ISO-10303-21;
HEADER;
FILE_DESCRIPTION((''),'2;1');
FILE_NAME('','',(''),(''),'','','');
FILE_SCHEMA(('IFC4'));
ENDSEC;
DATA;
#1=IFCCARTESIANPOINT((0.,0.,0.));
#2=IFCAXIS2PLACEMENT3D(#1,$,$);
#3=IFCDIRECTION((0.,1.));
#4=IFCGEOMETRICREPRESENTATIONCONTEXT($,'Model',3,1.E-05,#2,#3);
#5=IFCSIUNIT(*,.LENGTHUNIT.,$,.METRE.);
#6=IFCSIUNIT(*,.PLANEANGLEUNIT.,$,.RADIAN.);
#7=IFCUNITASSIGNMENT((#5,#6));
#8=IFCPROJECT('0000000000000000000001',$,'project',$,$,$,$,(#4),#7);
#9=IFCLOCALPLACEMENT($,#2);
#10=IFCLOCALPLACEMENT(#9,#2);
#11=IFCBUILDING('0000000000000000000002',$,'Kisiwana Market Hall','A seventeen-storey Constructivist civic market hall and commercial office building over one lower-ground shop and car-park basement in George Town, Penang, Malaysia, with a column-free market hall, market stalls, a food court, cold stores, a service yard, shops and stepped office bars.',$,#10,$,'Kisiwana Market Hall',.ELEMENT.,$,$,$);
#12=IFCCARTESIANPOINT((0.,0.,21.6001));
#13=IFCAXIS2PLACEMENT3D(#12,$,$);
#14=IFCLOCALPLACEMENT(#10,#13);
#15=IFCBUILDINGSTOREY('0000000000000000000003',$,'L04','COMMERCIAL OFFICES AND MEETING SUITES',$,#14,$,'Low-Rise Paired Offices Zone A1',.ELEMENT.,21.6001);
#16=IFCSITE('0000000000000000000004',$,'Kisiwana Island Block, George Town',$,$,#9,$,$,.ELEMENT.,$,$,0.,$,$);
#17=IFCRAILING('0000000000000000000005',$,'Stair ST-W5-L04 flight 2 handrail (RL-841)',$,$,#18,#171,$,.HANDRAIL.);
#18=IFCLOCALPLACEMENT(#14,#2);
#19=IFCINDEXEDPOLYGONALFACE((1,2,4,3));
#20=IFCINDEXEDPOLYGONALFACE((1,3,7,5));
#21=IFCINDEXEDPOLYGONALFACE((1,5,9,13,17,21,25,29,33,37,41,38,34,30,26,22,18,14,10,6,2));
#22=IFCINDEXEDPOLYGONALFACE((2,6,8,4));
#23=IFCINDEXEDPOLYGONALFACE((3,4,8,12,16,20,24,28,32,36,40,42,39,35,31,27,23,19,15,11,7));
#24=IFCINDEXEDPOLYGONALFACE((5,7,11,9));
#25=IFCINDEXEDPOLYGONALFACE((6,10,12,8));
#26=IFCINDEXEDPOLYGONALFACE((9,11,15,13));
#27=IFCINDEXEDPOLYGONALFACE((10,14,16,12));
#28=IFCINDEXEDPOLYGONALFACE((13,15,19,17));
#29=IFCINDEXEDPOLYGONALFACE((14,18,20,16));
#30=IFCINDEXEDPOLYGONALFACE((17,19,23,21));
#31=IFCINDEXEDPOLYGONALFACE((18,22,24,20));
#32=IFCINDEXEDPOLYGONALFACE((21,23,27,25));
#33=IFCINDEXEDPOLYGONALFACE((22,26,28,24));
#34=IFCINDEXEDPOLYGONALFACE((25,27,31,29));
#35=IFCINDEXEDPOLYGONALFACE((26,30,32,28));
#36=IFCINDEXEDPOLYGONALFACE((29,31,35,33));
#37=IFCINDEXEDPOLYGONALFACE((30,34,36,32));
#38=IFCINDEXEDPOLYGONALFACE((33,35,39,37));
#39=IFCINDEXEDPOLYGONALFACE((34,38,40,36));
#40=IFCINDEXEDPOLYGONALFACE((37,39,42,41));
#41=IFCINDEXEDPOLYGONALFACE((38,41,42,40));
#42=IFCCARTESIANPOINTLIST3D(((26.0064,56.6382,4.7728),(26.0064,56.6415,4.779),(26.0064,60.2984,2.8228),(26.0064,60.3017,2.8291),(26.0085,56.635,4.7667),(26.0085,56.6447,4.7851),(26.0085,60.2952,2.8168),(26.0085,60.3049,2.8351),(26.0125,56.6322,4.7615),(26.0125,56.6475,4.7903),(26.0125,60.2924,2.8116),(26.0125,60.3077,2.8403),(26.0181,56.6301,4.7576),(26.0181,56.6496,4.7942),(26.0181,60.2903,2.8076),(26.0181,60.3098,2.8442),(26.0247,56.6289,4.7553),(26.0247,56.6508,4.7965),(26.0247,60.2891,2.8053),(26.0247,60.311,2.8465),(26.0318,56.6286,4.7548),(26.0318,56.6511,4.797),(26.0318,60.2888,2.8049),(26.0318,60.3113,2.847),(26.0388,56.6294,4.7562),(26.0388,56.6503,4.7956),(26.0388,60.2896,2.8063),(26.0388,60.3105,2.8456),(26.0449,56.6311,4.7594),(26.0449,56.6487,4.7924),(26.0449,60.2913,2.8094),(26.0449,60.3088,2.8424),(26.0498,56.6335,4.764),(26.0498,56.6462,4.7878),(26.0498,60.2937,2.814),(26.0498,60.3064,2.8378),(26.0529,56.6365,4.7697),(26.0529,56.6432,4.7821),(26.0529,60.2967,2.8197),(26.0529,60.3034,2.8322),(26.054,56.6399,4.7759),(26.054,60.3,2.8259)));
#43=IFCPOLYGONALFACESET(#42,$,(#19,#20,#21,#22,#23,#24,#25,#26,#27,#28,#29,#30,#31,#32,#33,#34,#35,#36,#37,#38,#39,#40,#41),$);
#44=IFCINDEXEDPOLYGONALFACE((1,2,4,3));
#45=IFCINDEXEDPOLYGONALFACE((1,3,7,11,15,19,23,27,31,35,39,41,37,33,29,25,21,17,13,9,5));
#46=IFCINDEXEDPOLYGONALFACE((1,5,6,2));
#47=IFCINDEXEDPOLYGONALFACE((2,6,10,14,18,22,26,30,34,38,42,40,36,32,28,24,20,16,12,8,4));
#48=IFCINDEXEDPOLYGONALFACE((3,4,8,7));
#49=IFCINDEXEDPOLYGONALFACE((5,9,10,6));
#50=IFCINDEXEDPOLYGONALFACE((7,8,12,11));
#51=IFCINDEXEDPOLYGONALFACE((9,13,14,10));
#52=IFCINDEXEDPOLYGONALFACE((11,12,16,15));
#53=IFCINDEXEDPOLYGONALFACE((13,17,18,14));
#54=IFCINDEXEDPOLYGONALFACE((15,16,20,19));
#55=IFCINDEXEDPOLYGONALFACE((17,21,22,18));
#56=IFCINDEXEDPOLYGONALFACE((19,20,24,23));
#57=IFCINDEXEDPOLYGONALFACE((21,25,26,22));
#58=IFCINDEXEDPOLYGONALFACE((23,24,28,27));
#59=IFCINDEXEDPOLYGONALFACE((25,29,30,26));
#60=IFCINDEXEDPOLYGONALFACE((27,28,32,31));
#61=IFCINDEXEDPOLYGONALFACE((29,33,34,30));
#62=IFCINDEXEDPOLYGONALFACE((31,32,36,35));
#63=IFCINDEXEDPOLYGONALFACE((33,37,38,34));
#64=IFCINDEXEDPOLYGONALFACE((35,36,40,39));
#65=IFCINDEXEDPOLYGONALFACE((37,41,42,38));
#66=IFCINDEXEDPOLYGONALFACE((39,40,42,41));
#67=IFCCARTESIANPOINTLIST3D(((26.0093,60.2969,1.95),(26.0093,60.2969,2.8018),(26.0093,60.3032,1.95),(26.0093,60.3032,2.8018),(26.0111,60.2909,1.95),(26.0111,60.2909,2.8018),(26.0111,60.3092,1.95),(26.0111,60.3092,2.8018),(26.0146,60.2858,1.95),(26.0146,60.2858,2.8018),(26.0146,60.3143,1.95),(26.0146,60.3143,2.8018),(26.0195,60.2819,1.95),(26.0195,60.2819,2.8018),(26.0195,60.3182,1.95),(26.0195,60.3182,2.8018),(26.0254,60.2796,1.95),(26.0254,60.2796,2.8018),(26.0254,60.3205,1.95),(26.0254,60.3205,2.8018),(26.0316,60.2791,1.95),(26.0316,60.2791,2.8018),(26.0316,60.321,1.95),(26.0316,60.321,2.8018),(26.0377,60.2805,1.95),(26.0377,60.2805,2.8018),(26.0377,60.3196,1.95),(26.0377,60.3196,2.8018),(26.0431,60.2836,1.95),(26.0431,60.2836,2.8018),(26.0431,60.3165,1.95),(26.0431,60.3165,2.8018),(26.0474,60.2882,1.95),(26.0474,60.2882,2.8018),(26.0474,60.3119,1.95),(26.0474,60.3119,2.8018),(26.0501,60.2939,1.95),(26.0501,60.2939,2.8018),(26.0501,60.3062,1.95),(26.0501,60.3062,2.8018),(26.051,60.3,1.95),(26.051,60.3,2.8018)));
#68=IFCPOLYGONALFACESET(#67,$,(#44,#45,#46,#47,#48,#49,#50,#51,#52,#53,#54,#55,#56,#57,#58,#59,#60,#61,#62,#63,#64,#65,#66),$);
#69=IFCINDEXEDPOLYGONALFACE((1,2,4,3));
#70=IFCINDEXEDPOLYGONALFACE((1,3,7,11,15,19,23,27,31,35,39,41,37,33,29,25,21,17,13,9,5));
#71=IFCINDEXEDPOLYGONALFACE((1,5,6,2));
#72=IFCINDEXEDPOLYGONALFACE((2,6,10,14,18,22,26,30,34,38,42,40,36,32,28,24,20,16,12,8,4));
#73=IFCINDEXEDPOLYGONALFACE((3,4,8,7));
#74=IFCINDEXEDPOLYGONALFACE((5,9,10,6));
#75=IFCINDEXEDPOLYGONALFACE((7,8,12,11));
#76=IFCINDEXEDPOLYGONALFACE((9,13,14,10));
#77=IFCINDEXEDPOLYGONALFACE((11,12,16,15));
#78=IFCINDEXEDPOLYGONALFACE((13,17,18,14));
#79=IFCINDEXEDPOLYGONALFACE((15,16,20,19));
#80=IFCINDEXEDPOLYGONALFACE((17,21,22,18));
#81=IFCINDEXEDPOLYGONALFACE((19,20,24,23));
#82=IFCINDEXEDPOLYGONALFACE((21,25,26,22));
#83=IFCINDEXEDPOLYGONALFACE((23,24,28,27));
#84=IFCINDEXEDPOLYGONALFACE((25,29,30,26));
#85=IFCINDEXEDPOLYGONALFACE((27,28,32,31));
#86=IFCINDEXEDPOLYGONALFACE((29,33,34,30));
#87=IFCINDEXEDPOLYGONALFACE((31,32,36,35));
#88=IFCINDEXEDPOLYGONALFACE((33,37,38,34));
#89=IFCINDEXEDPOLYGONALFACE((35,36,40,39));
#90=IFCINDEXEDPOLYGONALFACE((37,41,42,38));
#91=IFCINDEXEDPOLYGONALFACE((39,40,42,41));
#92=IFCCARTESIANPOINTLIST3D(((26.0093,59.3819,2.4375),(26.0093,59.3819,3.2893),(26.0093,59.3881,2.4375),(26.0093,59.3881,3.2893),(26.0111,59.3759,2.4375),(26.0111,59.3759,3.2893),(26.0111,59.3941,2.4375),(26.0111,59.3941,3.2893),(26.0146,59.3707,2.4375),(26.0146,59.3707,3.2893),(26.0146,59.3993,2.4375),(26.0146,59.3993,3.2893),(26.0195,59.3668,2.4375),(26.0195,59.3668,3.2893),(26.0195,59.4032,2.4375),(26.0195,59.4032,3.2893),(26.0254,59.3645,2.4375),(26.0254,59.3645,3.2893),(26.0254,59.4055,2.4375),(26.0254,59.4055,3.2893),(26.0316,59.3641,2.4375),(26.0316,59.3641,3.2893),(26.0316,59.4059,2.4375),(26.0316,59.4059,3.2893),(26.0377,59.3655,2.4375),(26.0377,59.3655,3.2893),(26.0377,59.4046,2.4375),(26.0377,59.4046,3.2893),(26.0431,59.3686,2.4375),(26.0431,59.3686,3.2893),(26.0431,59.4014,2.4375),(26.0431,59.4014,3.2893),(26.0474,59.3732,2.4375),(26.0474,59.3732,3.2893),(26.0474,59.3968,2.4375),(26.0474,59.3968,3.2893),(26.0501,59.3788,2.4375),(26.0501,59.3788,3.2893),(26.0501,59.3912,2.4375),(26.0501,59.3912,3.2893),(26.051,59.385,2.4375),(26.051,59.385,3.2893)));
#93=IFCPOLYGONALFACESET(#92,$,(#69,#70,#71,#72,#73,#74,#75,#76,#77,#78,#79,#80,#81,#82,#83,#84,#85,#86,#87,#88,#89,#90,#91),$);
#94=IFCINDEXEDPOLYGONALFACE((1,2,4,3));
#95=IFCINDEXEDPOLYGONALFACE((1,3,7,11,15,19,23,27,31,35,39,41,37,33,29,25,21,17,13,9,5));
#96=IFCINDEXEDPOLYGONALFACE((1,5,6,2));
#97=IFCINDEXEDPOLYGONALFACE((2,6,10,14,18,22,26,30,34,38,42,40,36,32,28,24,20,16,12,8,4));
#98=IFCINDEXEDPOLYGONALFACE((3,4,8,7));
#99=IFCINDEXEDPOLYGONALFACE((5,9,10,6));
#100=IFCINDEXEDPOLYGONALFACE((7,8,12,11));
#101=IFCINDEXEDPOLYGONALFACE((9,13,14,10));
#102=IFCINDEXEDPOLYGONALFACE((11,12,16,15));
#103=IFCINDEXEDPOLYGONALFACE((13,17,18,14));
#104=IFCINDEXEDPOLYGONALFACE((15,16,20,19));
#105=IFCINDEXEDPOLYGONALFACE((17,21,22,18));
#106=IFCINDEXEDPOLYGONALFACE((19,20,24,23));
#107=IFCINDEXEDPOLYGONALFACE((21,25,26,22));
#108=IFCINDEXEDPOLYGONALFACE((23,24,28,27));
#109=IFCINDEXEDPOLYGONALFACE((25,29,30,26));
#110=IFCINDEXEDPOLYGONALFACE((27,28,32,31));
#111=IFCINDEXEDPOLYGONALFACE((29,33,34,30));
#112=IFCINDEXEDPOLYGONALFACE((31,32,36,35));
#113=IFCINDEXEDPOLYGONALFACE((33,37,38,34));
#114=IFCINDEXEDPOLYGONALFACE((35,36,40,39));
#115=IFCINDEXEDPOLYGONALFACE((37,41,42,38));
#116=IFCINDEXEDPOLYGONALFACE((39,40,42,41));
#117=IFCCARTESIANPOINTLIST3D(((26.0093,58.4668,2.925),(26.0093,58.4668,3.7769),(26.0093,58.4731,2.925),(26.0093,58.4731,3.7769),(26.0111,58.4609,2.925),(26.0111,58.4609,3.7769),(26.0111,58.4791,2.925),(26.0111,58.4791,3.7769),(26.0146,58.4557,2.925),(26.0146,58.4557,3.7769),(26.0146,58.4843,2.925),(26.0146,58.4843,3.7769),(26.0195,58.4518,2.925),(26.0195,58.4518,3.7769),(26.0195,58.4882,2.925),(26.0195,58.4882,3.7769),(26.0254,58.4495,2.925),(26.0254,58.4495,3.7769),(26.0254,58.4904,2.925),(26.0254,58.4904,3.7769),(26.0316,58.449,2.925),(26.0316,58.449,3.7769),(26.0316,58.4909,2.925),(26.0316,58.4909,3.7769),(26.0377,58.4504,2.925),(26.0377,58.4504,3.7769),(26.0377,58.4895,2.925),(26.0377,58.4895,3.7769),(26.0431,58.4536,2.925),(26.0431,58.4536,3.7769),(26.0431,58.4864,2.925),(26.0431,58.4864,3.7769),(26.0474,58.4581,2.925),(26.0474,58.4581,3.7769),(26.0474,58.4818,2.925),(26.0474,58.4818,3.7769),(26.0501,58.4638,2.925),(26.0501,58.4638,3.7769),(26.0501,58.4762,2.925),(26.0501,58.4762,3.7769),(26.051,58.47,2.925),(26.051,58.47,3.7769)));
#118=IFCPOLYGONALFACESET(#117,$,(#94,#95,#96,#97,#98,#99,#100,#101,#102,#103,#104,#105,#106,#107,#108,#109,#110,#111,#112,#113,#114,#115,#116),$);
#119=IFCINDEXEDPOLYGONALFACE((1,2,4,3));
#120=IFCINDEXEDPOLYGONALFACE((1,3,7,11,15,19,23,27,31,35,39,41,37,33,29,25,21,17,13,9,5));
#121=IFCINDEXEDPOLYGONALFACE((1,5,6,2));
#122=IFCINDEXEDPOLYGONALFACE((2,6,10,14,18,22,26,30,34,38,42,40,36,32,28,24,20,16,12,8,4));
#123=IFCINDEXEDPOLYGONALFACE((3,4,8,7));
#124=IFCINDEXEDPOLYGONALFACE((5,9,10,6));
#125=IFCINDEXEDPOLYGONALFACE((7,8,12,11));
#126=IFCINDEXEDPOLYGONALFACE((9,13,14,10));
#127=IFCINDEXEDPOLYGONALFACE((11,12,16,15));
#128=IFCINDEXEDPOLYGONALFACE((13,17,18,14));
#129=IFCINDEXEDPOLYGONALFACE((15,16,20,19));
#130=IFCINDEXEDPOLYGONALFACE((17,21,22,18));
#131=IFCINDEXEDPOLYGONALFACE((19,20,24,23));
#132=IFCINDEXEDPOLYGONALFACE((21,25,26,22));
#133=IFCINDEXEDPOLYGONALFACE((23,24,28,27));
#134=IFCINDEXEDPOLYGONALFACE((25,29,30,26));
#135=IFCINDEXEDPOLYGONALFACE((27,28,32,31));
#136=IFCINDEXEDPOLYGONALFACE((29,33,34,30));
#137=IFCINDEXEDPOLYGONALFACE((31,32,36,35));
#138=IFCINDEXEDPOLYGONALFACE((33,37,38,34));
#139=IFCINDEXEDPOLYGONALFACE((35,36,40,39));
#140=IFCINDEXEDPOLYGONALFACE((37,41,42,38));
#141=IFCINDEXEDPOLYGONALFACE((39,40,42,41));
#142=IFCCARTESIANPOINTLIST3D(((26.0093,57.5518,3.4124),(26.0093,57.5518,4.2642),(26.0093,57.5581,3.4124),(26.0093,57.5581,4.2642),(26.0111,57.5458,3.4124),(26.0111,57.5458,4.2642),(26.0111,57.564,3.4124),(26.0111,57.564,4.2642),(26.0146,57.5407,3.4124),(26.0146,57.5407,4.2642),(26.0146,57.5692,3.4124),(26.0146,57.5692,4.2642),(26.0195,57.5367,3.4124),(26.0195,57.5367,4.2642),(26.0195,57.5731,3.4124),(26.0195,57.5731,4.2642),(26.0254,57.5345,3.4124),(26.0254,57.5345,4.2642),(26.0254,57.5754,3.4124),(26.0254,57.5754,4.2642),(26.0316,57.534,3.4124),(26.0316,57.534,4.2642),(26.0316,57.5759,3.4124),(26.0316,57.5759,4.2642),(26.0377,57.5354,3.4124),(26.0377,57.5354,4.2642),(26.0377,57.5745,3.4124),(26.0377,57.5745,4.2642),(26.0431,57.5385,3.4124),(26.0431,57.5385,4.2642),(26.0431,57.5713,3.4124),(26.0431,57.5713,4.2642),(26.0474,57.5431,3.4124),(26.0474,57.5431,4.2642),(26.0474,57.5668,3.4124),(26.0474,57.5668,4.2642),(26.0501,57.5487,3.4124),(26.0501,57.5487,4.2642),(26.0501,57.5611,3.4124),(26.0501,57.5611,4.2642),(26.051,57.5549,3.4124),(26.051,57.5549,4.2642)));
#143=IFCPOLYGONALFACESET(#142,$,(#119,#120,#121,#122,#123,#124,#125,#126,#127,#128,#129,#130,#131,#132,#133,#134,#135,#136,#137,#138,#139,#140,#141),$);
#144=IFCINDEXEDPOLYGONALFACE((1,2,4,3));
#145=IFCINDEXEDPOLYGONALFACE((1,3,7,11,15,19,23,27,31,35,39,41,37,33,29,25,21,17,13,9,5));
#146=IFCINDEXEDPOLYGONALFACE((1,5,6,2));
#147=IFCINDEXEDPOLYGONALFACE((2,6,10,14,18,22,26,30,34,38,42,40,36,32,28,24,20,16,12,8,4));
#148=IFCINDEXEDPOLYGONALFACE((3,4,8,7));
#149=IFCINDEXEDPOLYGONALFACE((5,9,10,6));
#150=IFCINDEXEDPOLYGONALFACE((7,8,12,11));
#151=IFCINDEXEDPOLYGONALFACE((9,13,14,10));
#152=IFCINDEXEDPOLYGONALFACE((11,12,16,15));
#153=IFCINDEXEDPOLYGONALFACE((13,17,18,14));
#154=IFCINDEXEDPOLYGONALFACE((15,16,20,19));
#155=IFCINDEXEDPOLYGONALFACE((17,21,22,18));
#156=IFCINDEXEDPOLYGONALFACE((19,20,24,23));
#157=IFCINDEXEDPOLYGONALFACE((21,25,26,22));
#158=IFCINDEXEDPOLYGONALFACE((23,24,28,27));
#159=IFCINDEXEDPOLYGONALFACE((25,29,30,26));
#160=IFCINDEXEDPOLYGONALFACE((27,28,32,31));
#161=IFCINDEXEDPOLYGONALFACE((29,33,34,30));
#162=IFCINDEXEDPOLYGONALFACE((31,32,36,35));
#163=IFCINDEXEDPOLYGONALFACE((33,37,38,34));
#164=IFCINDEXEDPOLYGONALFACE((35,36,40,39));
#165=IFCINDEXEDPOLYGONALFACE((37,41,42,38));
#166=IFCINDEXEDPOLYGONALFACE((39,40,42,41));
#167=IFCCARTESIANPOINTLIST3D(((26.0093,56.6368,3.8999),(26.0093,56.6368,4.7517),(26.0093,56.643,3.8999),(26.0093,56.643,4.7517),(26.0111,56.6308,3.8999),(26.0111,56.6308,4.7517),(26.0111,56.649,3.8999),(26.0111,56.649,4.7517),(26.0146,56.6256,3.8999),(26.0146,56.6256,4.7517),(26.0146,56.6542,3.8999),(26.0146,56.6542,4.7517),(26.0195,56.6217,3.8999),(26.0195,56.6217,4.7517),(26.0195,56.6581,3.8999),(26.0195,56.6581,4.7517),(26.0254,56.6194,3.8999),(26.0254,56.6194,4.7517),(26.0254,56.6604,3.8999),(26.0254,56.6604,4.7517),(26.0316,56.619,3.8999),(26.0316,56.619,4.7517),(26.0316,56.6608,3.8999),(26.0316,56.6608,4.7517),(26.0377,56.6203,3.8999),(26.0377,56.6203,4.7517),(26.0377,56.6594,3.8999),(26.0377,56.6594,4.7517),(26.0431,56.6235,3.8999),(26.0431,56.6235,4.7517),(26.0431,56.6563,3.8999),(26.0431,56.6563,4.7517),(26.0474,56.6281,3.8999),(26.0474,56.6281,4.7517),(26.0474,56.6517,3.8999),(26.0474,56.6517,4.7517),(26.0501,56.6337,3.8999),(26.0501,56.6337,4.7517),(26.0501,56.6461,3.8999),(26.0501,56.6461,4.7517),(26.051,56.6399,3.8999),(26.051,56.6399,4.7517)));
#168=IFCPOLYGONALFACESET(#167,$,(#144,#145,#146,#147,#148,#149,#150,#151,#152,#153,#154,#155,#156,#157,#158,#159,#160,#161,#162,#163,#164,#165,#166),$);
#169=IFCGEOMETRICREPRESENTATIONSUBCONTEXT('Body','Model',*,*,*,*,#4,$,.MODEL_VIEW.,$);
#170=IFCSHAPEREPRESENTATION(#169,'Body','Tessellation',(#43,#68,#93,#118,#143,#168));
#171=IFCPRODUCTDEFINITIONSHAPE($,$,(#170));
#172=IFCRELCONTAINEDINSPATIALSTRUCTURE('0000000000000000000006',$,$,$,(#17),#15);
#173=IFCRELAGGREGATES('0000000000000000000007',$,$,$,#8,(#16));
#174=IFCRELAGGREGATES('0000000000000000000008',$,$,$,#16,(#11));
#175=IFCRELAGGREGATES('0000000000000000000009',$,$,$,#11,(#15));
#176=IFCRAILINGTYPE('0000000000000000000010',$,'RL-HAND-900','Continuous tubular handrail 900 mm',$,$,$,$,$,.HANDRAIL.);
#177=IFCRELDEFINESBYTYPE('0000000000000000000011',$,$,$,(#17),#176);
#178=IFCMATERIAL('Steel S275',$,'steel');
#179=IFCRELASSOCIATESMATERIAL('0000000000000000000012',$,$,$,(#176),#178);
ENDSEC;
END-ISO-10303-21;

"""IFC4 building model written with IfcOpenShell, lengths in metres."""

from ifc_helpers import new_model, si_unit, direction, frame, origin, origin_2d, place, context, subcontext, project, spatial, circle, extrude, material, type_object, element, save


model = new_model("IFC4")

# Units and contexts
model_context = context("Model", 3, precision=1e-05, world=origin(), true_north=direction((0.0, 1.0)))
body_context = subcontext(model_context, "Body", "Model", "MODEL_VIEW")
ifc_project = project(units=[si_unit("LENGTHUNIT", "METRE"), si_unit("PLANEANGLEUNIT", "RADIAN")], contexts=[model_context])

# Site, building, storey
site_placement = place(None, origin())
site = spatial("IfcSite", under=ifc_project, at=site_placement, Name="Kisiwana Island Block, George Town", CompositionType="ELEMENT", RefElevation=0.0)
building_placement = place(site_placement, origin())
building = spatial("IfcBuilding", under=site, at=building_placement, Name="Kisiwana Market Hall", Description="A seventeen-storey Constructivist civic market hall and commercial office building over one lower-ground shop and car-park basement in George Town, Penang, Malaysia, with a column-free market hall, market stalls, a food court, cold stores, a service yard, shops and stepped office bars.", LongName="Kisiwana Market Hall", CompositionType="ELEMENT")
storey_placement = place(building_placement, frame((0.0, 0.0, 21.6001)))
storey = spatial("IfcBuildingStorey", under=building, at=storey_placement, Name="L04", Description="COMMERCIAL OFFICES AND MEETING SUITES", LongName="Low-Rise Paired Offices Zone A1", CompositionType="ELEMENT", Elevation=21.6001)

# Railing
ifc_material_1 = material(Name="Steel S275", Category="steel")
railing_type_1 = type_object("IfcRailingType", Name="RL-HAND-900", Description="Continuous tubular handrail 900 mm", PredefinedType="HANDRAIL", material=ifc_material_1)
for number, where, name in (
    (1, (26.03, 60.3, 1.95), "Stair ST-W5-L04 flight 2 handrail (RL-841)"),
):
    element("IfcRailing", number, at=place(storey_placement, frame(where)), inside=storey, type_object=railing_type_1, Name=name, PredefinedType="HANDRAIL", context=body_context, shape_type="SweptSolid", body=[
        extrude(circle(Radius=0.0239, at=origin_2d()), frame((0.0, 0.0, 0.876), z_axis=(0.0, -0.882566, 0.470188), x_axis=(1.0, 0.0, 0.0)), (0.0, 0.0, 1.0), 4.1472),
        extrude(circle(Radius=0.021, at=origin_2d()), origin(), (0.0, 0.0, 1.0), 0.8518),
        extrude(circle(Radius=0.021, at=origin_2d()), frame((0.0, -0.915, 0.4875)), (0.0, 0.0, 1.0), 0.8518),
        extrude(circle(Radius=0.021, at=origin_2d()), frame((0.0, -1.8301, 0.9751)), (0.0, 0.0, 1.0), 0.8518),
        extrude(circle(Radius=0.021, at=origin_2d()), frame((0.0, -2.7451, 1.4624)), (0.0, 0.0, 1.0), 0.8518),
        extrude(circle(Radius=0.021, at=origin_2d()), frame((0.0, -3.6602, 1.95)), (0.0, 0.0, 1.0), 0.8518),
    ])

save(model, "model.ifc")
